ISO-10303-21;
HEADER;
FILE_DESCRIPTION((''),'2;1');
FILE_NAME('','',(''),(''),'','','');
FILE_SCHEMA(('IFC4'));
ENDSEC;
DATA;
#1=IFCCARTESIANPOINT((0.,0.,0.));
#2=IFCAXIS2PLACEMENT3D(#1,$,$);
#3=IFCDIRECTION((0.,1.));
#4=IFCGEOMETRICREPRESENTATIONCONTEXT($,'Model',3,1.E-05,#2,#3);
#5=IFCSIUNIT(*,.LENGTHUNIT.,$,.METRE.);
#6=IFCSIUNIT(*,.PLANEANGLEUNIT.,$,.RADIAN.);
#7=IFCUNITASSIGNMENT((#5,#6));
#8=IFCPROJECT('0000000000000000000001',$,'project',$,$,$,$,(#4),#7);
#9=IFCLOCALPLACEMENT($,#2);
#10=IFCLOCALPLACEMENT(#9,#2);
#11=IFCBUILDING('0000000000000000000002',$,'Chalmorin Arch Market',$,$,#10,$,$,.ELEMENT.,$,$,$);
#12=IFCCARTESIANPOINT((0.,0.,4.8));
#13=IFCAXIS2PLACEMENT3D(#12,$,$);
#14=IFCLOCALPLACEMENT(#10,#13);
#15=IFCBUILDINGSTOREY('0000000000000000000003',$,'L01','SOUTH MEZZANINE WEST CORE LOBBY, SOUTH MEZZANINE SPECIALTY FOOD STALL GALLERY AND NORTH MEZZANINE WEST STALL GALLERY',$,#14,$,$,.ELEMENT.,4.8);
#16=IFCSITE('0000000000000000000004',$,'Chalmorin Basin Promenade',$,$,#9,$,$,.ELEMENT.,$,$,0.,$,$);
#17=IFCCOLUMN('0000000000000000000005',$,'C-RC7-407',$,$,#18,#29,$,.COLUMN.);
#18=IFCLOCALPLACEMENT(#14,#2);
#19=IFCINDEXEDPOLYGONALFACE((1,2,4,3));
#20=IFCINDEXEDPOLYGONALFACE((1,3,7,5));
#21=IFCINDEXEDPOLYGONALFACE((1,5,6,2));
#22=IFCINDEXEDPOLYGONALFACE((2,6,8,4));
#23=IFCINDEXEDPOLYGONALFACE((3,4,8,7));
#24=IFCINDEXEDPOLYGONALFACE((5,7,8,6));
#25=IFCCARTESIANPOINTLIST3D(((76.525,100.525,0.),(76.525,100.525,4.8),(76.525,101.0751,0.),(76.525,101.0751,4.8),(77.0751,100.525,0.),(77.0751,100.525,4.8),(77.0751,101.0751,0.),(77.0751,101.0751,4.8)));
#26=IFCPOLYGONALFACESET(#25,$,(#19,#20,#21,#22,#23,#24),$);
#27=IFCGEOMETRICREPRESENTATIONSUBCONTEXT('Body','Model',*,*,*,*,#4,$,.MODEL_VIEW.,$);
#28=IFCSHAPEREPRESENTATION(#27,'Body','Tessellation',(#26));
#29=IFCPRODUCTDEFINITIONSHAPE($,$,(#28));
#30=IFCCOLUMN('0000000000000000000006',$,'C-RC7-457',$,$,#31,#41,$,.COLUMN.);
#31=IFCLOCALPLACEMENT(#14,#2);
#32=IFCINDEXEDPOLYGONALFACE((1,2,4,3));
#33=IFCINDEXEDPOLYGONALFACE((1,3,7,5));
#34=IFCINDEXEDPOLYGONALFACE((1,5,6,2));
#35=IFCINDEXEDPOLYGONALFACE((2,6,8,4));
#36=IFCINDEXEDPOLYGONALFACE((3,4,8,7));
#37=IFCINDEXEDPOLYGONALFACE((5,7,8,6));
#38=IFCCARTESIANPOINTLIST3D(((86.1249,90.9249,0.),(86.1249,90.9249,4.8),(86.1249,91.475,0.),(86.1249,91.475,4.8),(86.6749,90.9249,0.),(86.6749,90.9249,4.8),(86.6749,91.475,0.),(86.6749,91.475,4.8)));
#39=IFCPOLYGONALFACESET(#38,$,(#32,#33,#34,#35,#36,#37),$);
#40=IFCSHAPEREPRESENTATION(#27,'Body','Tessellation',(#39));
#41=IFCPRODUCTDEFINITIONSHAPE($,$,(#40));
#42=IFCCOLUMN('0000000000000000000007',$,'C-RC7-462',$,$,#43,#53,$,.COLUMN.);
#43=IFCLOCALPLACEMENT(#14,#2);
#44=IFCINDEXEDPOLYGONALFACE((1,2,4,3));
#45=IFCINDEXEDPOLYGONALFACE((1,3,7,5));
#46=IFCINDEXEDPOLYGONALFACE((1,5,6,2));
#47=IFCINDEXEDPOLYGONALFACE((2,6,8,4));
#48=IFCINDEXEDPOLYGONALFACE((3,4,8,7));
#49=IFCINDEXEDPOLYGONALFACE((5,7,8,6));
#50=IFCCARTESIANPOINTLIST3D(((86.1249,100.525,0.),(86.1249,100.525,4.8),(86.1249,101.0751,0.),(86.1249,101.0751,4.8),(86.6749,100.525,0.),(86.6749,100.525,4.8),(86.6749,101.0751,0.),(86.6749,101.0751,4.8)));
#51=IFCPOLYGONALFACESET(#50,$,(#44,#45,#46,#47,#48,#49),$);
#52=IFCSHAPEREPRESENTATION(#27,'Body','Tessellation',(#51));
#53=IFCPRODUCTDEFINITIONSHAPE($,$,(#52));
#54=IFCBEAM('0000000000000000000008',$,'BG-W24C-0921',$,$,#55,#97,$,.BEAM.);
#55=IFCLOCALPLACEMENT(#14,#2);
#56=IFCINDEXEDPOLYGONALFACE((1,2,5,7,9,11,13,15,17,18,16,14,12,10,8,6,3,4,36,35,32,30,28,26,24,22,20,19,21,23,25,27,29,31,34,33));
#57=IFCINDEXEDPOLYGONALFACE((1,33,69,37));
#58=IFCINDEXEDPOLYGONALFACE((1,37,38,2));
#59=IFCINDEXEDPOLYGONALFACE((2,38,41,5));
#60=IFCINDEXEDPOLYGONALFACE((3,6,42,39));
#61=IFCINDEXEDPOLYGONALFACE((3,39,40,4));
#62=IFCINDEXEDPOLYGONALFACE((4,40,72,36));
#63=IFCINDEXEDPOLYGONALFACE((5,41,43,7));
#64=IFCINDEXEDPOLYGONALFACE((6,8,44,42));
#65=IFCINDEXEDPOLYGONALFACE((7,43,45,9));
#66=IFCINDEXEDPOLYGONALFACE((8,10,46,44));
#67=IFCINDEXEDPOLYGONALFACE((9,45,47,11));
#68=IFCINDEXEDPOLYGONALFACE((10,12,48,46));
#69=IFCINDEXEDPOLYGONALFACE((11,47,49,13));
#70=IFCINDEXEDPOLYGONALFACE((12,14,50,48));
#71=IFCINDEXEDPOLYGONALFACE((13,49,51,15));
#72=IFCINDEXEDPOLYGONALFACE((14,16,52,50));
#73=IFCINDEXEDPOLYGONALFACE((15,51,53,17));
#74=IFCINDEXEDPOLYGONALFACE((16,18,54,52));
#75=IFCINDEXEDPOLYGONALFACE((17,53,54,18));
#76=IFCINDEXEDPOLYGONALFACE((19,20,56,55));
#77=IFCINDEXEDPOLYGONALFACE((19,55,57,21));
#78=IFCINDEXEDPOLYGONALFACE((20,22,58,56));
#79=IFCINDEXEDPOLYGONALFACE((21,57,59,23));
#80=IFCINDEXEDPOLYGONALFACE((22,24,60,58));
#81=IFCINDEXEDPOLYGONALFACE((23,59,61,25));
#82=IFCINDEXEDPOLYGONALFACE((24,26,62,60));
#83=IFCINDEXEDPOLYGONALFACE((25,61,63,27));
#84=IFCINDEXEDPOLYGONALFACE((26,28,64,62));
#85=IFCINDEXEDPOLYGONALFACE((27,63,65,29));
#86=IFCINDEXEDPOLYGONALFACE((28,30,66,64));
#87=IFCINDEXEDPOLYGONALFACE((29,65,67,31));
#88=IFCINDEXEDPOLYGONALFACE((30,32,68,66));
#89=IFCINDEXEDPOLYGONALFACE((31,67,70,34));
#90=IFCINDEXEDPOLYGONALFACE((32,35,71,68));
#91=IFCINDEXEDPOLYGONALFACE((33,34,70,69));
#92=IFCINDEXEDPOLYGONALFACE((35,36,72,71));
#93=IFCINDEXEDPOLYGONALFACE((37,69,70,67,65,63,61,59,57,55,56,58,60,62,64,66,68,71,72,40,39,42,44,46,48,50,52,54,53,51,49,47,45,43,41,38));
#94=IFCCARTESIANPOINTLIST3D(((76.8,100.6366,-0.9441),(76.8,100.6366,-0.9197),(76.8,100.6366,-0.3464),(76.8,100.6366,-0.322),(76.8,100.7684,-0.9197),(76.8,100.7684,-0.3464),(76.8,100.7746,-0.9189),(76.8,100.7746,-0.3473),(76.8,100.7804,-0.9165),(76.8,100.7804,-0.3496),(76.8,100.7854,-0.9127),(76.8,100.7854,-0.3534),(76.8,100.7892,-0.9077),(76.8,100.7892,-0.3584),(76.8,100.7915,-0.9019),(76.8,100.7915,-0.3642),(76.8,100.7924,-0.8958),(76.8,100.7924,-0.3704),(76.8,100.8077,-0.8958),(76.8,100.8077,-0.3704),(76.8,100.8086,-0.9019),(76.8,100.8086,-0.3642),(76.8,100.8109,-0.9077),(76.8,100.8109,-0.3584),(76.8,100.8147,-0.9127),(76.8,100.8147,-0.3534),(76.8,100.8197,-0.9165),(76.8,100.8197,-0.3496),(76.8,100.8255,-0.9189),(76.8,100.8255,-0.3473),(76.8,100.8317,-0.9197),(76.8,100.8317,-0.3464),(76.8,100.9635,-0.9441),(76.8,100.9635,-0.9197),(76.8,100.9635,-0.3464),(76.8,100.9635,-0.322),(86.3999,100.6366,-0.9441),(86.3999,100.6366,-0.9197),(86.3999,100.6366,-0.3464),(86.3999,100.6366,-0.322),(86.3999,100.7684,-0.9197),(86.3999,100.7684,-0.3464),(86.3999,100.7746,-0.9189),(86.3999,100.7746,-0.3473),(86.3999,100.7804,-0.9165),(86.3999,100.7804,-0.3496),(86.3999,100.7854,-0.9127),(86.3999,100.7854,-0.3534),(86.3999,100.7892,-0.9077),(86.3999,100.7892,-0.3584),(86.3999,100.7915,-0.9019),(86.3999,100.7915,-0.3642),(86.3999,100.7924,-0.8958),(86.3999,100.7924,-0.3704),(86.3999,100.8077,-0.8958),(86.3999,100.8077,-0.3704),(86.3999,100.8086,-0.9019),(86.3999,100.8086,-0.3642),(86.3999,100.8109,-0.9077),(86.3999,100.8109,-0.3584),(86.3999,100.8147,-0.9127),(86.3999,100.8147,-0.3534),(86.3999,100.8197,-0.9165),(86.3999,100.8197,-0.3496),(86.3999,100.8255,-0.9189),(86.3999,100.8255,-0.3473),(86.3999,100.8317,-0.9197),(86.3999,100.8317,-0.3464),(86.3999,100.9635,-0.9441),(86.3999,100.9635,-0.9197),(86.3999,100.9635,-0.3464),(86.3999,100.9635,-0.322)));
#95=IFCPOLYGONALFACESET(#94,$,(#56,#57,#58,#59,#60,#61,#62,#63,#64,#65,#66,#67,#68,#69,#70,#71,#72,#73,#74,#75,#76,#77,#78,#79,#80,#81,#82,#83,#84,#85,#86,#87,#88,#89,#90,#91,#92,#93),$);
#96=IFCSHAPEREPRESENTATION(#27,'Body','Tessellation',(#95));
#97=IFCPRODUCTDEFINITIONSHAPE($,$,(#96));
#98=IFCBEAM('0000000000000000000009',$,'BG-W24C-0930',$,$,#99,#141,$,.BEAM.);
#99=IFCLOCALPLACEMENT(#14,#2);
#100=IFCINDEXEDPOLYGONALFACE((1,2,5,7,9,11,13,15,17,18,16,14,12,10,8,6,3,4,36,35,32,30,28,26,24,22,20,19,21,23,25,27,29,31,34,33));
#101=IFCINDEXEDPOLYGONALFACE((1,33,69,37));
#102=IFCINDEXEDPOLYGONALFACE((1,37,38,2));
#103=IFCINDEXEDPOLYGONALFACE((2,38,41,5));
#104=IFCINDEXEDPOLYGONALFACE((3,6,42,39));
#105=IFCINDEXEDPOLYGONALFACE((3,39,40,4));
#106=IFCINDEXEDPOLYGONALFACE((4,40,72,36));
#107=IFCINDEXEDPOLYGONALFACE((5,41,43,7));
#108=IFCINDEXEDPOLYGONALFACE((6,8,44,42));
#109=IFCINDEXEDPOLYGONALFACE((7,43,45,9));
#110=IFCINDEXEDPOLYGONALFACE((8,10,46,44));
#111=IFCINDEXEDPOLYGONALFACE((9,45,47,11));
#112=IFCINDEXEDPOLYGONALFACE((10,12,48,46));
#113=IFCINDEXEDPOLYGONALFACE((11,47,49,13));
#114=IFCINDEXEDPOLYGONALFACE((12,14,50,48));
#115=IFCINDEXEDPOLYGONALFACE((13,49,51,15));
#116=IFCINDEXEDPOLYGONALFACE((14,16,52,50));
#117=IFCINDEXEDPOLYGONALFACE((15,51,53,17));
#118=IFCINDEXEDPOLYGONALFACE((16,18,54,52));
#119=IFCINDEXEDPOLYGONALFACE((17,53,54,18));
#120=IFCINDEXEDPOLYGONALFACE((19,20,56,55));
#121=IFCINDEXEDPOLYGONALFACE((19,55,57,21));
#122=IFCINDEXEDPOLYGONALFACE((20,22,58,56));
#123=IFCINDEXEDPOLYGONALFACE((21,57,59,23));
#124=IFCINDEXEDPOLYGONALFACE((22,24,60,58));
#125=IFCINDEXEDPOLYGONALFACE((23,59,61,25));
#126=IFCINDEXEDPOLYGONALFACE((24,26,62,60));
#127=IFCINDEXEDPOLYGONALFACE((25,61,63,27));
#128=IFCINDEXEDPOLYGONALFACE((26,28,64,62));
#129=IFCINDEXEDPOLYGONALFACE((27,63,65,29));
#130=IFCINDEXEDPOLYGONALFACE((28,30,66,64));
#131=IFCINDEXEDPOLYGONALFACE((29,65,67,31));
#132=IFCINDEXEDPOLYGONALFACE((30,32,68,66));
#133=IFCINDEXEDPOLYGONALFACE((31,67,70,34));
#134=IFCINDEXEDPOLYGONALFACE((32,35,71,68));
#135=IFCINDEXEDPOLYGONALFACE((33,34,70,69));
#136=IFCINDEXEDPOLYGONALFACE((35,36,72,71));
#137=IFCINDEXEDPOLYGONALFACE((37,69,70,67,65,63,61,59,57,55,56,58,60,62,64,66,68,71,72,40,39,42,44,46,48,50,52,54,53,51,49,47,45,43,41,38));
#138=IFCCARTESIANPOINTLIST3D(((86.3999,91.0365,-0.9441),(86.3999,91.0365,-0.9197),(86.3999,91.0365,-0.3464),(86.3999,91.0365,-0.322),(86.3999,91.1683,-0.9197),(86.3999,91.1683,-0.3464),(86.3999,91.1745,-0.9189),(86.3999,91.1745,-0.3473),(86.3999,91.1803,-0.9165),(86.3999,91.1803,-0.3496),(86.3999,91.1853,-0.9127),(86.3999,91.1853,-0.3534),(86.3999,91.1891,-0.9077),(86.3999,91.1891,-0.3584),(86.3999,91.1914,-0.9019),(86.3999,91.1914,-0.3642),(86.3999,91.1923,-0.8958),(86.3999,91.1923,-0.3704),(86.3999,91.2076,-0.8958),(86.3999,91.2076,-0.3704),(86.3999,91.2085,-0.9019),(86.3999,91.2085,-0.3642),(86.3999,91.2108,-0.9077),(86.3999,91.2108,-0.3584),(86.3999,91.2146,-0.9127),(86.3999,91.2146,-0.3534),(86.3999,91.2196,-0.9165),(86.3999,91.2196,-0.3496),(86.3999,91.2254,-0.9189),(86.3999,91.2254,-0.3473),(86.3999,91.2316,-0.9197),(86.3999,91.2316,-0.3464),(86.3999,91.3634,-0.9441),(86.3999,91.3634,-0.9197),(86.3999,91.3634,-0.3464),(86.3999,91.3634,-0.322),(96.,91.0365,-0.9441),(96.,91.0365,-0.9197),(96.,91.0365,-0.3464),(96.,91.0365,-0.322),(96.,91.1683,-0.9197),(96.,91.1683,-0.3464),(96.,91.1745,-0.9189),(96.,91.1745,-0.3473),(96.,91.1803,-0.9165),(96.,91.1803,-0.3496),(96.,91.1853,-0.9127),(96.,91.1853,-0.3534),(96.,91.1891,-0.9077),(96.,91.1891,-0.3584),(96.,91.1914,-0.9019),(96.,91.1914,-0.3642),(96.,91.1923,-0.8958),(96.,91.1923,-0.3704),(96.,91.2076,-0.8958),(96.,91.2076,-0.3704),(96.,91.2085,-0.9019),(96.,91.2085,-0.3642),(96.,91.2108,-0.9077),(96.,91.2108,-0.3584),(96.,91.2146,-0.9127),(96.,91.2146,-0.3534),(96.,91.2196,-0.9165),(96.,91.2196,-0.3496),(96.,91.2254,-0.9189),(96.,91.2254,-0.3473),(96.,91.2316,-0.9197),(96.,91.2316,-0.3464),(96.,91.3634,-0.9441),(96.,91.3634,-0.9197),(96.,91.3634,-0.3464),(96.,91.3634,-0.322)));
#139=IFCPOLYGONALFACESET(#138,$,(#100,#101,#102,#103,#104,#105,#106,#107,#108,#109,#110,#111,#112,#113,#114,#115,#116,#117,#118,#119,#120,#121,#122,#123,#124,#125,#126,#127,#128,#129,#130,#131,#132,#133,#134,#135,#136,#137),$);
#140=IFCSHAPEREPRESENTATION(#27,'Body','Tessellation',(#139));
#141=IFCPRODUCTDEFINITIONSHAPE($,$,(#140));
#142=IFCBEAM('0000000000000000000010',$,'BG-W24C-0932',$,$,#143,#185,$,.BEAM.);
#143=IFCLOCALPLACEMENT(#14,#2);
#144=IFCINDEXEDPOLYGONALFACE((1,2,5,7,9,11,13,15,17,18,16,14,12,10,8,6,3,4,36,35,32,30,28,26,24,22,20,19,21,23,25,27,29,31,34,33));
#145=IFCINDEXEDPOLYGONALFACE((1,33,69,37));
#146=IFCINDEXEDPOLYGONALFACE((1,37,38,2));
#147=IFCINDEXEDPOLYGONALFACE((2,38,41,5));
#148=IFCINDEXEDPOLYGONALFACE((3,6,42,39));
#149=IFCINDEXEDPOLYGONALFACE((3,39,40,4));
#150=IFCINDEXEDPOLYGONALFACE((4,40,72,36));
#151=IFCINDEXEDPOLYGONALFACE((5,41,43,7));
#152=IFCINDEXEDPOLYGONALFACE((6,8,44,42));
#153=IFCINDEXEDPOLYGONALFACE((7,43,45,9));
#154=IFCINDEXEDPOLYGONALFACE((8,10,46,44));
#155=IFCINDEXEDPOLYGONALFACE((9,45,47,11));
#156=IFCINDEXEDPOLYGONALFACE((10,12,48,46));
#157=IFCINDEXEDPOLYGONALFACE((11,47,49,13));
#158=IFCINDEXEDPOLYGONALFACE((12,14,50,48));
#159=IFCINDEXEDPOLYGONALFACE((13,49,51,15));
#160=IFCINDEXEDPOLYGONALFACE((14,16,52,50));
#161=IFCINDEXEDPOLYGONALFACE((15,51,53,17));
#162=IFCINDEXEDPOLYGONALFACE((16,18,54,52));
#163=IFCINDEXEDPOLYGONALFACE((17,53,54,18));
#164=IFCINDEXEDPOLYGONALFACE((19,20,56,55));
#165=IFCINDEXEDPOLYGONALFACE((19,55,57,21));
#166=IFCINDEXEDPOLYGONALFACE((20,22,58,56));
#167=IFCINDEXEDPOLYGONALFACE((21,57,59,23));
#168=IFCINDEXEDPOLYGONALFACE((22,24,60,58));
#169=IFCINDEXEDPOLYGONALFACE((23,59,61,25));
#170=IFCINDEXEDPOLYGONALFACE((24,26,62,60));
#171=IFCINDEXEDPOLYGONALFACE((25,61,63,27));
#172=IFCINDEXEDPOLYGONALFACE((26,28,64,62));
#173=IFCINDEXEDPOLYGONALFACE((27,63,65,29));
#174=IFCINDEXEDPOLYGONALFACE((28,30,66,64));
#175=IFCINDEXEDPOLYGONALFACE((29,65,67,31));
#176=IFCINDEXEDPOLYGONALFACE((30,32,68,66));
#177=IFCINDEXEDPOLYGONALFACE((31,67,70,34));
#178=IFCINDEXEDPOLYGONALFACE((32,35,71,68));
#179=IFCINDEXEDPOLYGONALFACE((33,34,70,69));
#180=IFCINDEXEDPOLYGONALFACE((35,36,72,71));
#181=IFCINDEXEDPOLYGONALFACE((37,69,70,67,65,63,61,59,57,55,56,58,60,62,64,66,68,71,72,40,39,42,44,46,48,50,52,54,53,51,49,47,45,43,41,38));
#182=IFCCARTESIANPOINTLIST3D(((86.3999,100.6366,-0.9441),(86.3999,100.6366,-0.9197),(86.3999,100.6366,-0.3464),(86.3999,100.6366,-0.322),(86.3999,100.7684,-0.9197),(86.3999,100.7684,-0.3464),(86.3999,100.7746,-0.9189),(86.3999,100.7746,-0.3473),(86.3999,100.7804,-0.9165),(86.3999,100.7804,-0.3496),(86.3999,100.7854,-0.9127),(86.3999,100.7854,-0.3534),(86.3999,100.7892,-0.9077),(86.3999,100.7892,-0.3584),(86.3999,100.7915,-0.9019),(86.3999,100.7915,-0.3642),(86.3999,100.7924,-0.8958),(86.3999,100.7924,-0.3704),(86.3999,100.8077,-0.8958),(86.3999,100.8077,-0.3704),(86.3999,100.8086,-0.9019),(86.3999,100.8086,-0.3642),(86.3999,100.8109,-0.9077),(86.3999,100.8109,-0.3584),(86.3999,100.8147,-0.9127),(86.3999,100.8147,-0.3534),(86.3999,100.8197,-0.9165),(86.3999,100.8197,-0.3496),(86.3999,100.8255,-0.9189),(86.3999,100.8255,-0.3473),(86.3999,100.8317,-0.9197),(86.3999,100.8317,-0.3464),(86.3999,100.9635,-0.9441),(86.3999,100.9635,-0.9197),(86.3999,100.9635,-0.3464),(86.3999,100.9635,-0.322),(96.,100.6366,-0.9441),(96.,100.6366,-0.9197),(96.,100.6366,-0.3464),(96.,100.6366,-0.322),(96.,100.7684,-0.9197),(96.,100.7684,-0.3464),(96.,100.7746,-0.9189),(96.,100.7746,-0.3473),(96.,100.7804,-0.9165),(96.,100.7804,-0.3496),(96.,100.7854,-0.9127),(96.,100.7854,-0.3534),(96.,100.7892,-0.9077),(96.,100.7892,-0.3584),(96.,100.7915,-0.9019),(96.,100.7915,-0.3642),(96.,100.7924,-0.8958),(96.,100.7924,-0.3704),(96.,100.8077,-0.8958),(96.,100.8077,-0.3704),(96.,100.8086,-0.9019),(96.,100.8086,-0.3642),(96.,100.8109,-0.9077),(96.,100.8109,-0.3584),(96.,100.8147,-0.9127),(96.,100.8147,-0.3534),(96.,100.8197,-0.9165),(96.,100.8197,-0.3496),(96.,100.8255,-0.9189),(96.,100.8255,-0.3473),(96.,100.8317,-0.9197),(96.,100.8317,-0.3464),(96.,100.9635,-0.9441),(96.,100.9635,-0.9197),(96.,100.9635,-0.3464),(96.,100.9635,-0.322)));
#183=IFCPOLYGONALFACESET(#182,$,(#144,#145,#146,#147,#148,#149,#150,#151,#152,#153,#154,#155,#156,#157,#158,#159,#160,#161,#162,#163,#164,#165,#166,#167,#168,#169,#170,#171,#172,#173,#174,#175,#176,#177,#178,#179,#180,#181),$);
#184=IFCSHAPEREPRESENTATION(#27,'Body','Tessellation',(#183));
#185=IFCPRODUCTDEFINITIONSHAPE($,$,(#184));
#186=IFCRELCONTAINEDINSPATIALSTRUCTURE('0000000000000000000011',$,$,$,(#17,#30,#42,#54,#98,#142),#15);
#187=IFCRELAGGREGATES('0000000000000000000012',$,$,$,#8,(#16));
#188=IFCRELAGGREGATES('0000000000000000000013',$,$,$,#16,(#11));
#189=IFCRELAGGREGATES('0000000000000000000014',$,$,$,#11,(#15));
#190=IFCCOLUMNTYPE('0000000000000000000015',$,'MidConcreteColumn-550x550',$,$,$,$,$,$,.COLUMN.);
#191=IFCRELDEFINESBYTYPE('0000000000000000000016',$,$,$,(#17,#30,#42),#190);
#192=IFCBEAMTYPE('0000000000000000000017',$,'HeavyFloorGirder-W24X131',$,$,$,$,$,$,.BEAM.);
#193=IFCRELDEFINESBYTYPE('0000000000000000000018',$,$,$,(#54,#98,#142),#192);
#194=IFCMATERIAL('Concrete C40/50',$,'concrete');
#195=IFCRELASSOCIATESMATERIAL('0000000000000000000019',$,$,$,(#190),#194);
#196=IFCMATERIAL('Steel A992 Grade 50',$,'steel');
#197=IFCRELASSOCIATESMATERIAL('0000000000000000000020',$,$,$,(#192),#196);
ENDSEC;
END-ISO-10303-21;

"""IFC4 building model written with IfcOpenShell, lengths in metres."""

from ifc_helpers import new_model, si_unit, direction, frame, origin, origin_2d, place, context, subcontext, project, spatial, rectangle, i_section, extrude, material, material_profile, profile_set, type_object, element, save


model = new_model("IFC4")

# Units and contexts
model_context = context("Model", 3, precision=1e-05, world=origin(), true_north=direction((0.0, 1.0)))
body_context = subcontext(model_context, "Body", "Model", "MODEL_VIEW")
ifc_project = project(units=[si_unit("LENGTHUNIT", "METRE"), si_unit("PLANEANGLEUNIT", "RADIAN")], contexts=[model_context])

# Site, building, storey
site_placement = place(None, origin())
site = spatial("IfcSite", under=ifc_project, at=site_placement, Name="Chalmorin Basin Promenade", CompositionType="ELEMENT", RefElevation=0.0)
building_placement = place(site_placement, origin())
building = spatial("IfcBuilding", under=site, at=building_placement, Name="Chalmorin Arch Market", CompositionType="ELEMENT")
storey_placement = place(building_placement, frame((0.0, 0.0, 4.8)))
storey = spatial("IfcBuildingStorey", under=building, at=storey_placement, Name="L01", Description="SOUTH MEZZANINE WEST CORE LOBBY, SOUTH MEZZANINE SPECIALTY FOOD STALL GALLERY AND NORTH MEZZANINE WEST STALL GALLERY", CompositionType="ELEMENT", Elevation=4.8)

# Columns
ifc_material_1 = material(Name="Concrete C40/50", Category="concrete")
ifc_material_profile_1 = material_profile(ifc_material_1, rectangle(XDim=0.55, YDim=0.55, at=origin_2d()), Name="RC550X550")
ifc_profile_set_1 = profile_set([ifc_material_profile_1], Name="Concrete C40/50")
column_type = type_object("IfcColumnType", Name="MidConcreteColumn-550x550", PredefinedType="COLUMN", material=ifc_profile_set_1)
for number, where, z_axis, x_axis, name in (
    (1, (76.8, 100.8, 0.0), (0.0, 0.0, 1.0), (1.0, 0.0, 0.0), "C-RC7-407"),
    (2, (86.3999, 91.2, 0.0), (0.0, 0.0, 1.0), (1.0, 0.0, 0.0), "C-RC7-457"),
    (3, (86.3999, 100.8, 0.0), (0.0, 0.0, 1.0), (1.0, 0.0, 0.0), "C-RC7-462"),
):
    element("IfcColumn", number, at=place(storey_placement, frame(where, z_axis=z_axis, x_axis=x_axis)), inside=storey, type_object=column_type, Name=name, PredefinedType="COLUMN", context=body_context, shape_type="SweptSolid", body=[
        extrude(rectangle(XDim=0.55, YDim=0.55, at=origin_2d()), origin(), (0.0, 0.0, 1.0), 4.8),
    ])

# Beams
ifc_material_2 = material(Name="Steel A992 Grade 50", Category="steel")
ifc_material_profile_2 = material_profile(ifc_material_2, i_section(OverallWidth=0.3269, OverallDepth=0.6221, WebThickness=0.0154, FlangeThickness=0.0244, FilletRadius=0.0239, at=origin_2d()), Name="W24X131")
ifc_profile_set_2 = profile_set([ifc_material_profile_2], Name="Steel A992 Grade 50")
beam_type_1 = type_object("IfcBeamType", Name="HeavyFloorGirder-W24X131", PredefinedType="BEAM", material=ifc_profile_set_2)
beam_1_placement = place(storey_placement, frame((76.8, 100.8, -0.6331), z_axis=(1.0, 0.0, 0.0), x_axis=(0.0, 1.0, 0.0)))
element("IfcBeam", 4, at=beam_1_placement, inside=storey, type_object=beam_type_1, Name="BG-W24C-0921", PredefinedType="BEAM", context=body_context, shape_type="SweptSolid", body=[
    extrude(i_section(OverallWidth=0.3269, OverallDepth=0.6221, WebThickness=0.0154, FlangeThickness=0.0244, FilletRadius=0.0239, at=origin_2d()), origin(), (0.0, 0.0, 1.0), 9.5999),
])
for number, where, z_axis, x_axis, name in (
    (5, (86.3999, 91.2, -0.6331), (1.0, 0.0, 0.0), (0.0, 1.0, 0.0), "BG-W24C-0930"),
    (6, (86.3999, 100.8, -0.6331), (1.0, 0.0, 0.0), (0.0, 1.0, 0.0), "BG-W24C-0932"),
):
    element("IfcBeam", number, at=place(storey_placement, frame(where, z_axis=z_axis, x_axis=x_axis)), inside=storey, type_object=beam_type_1, Name=name, PredefinedType="BEAM", context=body_context, shape_type="SweptSolid", body=[
        extrude(i_section(OverallWidth=0.3269, OverallDepth=0.6221, WebThickness=0.0154, FlangeThickness=0.0244, FilletRadius=0.0239, at=origin_2d()), origin(), (0.0, 0.0, 1.0), 9.6001),
    ])

save(model, "model.ifc")
